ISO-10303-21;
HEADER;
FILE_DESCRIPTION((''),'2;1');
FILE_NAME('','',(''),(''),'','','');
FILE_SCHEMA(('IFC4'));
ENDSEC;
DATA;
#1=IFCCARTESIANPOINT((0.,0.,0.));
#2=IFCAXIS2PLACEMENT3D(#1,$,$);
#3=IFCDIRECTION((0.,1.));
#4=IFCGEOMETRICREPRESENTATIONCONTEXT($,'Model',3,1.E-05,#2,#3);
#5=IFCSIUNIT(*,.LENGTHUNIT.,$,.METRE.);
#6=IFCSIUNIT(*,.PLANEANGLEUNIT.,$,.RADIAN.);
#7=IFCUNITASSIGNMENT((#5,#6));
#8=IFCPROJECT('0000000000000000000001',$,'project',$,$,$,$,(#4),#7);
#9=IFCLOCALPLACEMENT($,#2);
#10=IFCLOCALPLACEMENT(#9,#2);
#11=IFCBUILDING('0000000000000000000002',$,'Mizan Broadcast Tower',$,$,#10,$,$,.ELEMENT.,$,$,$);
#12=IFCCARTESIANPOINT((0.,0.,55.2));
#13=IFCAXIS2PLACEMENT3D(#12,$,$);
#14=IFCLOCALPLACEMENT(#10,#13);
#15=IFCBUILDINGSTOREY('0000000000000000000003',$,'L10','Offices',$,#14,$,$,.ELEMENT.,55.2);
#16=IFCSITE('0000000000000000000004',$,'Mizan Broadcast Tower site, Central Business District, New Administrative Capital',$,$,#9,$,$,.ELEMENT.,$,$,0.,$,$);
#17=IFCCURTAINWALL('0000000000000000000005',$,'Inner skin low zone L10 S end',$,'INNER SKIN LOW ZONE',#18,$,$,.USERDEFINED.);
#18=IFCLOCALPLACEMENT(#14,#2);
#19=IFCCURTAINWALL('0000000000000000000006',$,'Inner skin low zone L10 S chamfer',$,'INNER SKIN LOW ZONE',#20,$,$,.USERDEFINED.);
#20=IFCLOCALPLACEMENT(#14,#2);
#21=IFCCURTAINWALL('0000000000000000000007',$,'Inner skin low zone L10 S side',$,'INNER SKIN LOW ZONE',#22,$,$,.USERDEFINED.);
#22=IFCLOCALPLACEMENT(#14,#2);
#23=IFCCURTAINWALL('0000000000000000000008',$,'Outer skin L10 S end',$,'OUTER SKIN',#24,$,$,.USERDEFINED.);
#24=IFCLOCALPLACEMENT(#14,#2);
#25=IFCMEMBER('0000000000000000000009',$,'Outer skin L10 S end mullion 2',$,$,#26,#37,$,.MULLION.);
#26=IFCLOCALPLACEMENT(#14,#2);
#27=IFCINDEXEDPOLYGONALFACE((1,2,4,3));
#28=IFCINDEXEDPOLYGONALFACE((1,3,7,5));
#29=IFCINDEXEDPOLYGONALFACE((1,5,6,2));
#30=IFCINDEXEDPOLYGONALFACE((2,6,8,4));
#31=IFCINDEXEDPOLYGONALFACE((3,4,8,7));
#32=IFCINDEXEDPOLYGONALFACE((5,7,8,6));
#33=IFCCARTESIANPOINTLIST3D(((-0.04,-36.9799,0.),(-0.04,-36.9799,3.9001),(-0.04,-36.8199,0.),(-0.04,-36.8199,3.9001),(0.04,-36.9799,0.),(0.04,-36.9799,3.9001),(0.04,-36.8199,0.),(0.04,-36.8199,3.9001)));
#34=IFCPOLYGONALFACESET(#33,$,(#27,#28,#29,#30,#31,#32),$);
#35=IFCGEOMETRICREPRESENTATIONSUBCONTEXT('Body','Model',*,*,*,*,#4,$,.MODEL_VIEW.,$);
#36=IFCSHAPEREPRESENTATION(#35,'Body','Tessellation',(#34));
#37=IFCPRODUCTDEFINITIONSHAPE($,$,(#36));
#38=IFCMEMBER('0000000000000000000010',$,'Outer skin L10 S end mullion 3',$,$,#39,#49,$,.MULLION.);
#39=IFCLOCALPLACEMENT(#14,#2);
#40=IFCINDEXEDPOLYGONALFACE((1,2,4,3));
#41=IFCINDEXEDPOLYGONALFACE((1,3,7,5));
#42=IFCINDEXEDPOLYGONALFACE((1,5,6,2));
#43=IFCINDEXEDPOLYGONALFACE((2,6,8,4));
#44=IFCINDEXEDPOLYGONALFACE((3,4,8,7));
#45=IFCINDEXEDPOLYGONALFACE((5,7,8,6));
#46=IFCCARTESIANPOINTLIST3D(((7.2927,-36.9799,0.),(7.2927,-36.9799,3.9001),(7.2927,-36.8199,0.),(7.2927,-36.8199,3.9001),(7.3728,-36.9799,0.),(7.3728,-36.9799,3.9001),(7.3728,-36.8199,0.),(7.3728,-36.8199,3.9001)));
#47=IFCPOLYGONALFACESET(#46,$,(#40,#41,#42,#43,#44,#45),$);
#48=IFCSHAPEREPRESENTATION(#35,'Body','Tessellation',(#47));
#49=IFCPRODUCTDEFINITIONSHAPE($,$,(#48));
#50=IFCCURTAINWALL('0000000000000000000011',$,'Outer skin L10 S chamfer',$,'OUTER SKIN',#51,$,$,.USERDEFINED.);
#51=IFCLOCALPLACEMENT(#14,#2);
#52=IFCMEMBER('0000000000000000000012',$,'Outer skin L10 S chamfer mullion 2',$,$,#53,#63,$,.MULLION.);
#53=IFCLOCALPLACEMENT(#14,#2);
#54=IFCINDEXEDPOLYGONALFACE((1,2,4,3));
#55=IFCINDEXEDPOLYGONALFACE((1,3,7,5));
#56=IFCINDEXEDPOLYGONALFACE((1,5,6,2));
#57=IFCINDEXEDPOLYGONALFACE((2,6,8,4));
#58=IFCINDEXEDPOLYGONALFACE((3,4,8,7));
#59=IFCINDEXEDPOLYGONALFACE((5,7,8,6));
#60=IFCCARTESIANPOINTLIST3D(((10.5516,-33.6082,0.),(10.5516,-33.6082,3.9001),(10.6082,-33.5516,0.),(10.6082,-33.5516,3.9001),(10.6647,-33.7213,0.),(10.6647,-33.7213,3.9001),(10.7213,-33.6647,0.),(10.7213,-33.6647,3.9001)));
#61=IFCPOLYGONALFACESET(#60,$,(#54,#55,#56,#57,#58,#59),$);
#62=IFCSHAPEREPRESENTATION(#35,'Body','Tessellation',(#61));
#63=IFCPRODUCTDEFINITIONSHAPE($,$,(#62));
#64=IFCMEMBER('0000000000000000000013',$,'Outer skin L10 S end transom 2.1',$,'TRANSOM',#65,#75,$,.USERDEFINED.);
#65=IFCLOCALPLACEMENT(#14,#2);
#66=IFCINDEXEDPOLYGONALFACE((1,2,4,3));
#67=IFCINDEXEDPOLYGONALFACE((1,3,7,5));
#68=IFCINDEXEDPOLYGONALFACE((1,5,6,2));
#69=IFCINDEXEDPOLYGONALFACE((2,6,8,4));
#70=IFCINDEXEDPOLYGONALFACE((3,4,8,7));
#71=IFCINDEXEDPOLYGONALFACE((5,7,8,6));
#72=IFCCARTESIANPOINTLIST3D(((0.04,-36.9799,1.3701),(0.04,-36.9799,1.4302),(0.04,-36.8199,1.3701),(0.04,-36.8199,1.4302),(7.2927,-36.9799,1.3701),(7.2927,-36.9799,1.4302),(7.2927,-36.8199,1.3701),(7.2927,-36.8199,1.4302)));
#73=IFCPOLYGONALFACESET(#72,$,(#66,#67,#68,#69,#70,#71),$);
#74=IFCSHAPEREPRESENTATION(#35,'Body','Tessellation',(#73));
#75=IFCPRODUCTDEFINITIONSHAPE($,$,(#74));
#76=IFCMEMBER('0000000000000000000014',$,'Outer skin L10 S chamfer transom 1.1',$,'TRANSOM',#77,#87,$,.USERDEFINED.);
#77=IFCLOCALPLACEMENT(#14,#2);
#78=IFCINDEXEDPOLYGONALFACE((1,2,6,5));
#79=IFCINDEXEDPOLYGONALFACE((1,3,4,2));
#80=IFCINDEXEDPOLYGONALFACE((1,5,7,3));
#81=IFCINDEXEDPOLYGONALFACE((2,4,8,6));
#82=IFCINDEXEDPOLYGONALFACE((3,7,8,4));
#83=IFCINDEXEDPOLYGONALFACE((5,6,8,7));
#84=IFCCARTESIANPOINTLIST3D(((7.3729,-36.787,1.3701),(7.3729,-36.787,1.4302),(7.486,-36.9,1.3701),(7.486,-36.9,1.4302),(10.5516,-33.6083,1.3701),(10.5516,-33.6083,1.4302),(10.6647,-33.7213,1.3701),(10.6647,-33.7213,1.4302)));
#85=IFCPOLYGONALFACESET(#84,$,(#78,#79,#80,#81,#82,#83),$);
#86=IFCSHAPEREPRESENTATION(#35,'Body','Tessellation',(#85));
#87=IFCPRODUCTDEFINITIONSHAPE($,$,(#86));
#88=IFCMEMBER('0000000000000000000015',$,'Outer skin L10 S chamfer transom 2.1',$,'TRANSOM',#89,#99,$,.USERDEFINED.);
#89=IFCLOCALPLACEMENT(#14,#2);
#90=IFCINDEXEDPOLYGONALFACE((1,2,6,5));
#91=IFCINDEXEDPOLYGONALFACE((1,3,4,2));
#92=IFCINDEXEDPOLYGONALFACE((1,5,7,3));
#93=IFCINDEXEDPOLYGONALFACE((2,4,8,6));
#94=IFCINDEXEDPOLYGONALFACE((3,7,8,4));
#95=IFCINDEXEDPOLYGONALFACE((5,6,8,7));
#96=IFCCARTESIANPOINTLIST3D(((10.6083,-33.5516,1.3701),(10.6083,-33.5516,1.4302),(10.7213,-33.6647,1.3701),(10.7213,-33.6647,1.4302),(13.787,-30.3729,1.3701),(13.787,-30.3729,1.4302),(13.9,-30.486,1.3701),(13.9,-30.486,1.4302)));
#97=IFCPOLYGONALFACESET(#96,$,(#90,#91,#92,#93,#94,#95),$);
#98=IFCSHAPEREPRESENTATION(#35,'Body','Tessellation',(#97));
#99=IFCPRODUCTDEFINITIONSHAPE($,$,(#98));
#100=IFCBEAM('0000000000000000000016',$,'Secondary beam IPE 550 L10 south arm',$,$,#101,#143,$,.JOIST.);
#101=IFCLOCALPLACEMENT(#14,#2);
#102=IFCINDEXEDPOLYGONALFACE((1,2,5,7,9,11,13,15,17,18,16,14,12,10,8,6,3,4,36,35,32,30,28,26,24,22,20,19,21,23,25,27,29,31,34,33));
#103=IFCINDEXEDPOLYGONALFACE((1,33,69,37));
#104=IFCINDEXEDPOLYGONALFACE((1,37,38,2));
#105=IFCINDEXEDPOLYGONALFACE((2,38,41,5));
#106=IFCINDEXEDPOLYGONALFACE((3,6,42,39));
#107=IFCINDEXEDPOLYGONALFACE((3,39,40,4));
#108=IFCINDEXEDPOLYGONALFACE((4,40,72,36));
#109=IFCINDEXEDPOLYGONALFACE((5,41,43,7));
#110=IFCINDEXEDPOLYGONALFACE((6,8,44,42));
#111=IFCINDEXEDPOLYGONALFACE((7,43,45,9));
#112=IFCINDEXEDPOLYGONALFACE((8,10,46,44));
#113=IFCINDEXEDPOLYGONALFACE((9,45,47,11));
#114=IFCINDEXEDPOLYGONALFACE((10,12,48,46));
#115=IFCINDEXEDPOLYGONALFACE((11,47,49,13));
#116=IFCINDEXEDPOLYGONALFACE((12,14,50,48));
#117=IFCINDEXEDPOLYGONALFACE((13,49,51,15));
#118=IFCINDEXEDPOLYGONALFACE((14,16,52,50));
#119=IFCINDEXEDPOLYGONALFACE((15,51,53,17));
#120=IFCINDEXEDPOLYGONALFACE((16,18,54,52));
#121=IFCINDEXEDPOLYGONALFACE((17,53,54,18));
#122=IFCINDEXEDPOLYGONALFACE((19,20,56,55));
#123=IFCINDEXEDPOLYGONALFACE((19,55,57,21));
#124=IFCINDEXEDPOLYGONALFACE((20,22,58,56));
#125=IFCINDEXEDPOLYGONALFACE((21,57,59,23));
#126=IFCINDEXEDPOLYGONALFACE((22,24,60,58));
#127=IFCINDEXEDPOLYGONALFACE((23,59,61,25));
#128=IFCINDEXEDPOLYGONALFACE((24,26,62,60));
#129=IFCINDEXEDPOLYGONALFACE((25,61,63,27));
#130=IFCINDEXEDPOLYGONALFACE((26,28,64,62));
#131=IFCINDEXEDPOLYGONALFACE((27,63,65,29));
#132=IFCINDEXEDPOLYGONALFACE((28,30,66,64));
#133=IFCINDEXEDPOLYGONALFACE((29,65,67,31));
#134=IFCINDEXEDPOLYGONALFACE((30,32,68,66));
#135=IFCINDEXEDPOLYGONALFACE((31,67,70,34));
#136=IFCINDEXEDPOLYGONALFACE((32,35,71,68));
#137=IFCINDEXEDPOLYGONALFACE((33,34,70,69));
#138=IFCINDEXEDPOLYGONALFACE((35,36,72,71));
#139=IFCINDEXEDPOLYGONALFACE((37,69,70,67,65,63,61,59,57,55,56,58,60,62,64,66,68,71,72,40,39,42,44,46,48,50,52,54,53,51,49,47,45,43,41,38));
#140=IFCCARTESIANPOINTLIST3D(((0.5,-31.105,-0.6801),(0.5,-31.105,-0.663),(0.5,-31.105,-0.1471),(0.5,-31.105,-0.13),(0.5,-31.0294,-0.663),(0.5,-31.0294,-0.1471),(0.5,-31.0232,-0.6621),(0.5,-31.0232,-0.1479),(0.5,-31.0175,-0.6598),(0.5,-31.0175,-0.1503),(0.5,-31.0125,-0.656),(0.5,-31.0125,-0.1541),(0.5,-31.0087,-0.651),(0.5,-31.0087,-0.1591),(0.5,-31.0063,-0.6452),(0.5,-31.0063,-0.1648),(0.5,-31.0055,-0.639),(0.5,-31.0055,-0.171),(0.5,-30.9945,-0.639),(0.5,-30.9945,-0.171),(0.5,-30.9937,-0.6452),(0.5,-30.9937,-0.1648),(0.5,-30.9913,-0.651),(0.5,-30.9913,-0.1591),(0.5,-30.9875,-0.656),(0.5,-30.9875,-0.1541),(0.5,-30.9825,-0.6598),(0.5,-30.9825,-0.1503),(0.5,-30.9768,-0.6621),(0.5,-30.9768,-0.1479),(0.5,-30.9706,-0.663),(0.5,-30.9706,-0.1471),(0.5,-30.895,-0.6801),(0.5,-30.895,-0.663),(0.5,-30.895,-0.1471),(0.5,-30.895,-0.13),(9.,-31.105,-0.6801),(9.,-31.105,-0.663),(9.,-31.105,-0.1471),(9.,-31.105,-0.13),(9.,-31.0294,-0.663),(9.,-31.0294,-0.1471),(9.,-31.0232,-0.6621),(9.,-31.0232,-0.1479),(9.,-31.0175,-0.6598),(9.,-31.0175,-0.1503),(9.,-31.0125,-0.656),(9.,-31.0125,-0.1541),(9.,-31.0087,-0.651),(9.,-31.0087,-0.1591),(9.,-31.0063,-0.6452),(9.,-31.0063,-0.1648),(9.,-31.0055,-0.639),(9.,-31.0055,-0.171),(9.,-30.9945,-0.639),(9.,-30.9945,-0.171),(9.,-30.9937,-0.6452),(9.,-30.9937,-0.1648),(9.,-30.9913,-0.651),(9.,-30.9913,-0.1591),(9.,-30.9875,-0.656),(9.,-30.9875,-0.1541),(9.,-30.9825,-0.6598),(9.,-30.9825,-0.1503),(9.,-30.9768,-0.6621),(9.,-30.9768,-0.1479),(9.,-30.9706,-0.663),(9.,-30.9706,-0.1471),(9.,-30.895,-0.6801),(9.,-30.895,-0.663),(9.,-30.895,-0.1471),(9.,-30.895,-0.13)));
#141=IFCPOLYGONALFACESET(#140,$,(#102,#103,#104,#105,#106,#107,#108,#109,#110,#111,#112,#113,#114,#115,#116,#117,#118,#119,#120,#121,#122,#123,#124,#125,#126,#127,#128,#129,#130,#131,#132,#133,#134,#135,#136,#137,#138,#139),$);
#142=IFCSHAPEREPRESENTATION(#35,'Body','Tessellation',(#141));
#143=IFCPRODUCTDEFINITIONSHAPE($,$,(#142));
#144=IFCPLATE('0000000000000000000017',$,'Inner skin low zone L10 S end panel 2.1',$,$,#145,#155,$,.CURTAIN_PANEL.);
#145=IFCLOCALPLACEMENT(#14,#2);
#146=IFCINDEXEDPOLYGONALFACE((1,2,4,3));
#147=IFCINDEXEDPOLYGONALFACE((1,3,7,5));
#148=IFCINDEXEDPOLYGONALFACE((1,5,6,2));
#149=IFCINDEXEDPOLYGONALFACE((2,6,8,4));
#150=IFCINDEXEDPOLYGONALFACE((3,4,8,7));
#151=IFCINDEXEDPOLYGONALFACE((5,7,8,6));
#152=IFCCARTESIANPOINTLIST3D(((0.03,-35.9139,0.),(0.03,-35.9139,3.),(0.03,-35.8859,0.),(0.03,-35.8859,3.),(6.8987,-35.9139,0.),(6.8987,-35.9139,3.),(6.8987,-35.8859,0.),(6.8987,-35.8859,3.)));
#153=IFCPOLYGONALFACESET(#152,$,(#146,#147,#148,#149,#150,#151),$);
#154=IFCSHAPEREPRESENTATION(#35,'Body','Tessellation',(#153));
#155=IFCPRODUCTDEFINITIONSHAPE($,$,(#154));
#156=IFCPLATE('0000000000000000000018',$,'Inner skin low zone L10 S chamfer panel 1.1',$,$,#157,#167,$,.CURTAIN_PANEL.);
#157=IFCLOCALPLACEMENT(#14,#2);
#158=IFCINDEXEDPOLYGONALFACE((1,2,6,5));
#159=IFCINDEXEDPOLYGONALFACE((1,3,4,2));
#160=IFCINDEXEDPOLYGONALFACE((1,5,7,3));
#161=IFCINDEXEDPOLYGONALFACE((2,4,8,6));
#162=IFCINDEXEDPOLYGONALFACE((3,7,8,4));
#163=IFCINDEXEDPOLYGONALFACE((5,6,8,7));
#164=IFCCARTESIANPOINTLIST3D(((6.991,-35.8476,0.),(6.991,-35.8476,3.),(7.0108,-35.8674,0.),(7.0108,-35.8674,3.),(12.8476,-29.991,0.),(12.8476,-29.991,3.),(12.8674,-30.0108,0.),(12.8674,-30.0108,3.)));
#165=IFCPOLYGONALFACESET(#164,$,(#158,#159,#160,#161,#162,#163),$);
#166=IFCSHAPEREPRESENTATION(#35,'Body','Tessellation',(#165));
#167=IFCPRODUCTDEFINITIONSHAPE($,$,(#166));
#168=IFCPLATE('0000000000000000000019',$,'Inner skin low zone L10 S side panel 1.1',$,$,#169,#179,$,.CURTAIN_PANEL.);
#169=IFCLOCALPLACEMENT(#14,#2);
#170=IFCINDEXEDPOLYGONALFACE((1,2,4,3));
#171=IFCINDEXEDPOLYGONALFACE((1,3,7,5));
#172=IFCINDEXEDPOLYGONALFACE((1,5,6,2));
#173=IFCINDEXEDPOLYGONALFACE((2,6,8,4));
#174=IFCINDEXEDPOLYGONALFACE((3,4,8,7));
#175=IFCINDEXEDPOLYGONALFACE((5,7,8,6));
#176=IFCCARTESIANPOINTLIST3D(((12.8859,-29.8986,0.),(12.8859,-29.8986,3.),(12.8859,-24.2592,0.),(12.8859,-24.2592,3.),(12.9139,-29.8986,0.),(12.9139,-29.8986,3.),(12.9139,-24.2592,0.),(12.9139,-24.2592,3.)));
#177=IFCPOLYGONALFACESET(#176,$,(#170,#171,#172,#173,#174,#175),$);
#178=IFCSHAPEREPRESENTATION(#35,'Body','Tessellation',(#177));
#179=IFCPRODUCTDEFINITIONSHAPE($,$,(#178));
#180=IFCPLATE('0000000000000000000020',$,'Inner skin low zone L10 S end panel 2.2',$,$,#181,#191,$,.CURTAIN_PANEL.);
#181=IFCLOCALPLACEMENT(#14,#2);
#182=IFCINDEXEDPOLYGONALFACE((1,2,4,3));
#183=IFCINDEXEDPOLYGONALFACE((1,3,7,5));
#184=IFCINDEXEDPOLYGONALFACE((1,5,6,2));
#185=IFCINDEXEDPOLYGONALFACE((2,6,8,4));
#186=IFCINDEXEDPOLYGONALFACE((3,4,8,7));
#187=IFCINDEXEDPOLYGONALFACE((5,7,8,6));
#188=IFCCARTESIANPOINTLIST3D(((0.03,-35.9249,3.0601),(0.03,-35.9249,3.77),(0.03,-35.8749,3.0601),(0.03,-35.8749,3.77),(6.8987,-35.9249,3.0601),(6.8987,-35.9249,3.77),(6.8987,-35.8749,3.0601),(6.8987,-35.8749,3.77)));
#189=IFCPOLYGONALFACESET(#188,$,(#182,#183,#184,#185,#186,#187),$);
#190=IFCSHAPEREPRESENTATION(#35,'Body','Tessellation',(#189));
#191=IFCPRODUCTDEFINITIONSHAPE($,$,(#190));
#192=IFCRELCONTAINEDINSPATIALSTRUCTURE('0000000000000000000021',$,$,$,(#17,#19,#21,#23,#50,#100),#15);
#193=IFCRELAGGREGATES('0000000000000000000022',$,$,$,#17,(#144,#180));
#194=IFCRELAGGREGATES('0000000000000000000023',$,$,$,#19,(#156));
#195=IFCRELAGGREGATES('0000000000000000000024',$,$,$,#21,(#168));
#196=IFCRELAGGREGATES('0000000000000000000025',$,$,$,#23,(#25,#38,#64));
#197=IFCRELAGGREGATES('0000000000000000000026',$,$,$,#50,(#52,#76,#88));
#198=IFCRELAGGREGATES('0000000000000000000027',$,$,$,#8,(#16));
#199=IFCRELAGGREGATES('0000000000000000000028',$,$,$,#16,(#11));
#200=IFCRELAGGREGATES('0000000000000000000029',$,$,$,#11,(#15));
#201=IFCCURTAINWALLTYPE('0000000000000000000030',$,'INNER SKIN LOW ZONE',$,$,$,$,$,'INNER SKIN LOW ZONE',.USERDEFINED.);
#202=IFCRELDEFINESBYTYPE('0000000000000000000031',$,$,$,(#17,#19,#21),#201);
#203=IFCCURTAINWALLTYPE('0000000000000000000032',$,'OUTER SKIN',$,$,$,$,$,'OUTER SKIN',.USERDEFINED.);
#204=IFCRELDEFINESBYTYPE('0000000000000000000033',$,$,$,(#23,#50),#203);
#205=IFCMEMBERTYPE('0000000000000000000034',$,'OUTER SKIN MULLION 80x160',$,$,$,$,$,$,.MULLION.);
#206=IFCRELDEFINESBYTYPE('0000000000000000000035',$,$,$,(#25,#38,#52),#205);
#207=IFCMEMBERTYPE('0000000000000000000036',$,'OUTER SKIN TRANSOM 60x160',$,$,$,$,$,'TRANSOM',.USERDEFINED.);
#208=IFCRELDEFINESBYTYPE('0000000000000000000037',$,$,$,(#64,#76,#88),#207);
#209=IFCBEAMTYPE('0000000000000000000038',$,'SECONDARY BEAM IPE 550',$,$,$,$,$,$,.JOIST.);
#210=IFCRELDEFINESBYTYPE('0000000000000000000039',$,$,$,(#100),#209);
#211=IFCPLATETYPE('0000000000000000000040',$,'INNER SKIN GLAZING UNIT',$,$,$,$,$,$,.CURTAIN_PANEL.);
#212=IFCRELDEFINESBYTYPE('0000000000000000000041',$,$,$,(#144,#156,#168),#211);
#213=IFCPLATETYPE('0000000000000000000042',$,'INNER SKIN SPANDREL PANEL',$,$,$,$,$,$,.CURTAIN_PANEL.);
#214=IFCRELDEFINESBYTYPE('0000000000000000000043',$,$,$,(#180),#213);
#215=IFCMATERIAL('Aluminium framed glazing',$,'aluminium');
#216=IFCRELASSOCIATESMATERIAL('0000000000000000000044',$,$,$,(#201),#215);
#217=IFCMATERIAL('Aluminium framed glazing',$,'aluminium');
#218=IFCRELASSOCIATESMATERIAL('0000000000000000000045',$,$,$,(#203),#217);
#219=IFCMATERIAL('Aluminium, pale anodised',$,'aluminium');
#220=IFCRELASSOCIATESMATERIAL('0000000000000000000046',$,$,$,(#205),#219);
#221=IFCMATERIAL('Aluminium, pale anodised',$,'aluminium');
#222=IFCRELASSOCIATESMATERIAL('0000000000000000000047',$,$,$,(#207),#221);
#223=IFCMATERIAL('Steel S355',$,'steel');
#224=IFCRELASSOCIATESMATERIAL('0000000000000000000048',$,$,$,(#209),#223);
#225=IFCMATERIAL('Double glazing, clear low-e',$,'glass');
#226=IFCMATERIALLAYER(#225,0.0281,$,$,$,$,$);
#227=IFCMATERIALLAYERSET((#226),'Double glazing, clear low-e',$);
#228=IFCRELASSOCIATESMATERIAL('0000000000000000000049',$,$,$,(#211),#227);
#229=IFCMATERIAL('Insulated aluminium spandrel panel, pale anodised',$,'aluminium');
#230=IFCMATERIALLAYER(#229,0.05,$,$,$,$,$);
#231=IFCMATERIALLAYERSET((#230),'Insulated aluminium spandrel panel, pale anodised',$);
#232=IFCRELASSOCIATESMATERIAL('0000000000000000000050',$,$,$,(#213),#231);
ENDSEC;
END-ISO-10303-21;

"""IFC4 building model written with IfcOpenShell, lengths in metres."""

from ifc_helpers import new_model, si_unit, direction, frame, origin, origin_2d, place, context, subcontext, project, spatial, rectangle, i_section, extrude, material, layer, layer_set, material_profile, profile_set, type_object, element, aggregate, save


model = new_model("IFC4")

# Units and contexts
model_context = context("Model", 3, precision=1e-05, world=origin(), true_north=direction((0.0, 1.0)))
body_context = subcontext(model_context, "Body", "Model", "MODEL_VIEW")
ifc_project = project(units=[si_unit("LENGTHUNIT", "METRE"), si_unit("PLANEANGLEUNIT", "RADIAN")], contexts=[model_context])

# Site, building, storey
site_placement = place(None, origin())
site = spatial("IfcSite", under=ifc_project, at=site_placement, Name="Mizan Broadcast Tower site, Central Business District, New Administrative Capital", CompositionType="ELEMENT", RefElevation=0.0)
building_placement = place(site_placement, origin())
building = spatial("IfcBuilding", under=site, at=building_placement, Name="Mizan Broadcast Tower", CompositionType="ELEMENT")
storey_placement = place(building_placement, frame((0.0, 0.0, 55.2)))
storey = spatial("IfcBuildingStorey", under=building, at=storey_placement, Name="L10", Description="Offices", CompositionType="ELEMENT", Elevation=55.2)

# Curtain wall
ifc_material_1 = material(Name="Aluminium framed glazing", Category="aluminium")
curtain_wall_type_1 = type_object("IfcCurtainWallType", Name="INNER SKIN LOW ZONE", ElementType="INNER SKIN LOW ZONE", PredefinedType="USERDEFINED", material=ifc_material_1)
curtain_wall_1_placement = place(storey_placement, origin())
curtain_wall_1 = element("IfcCurtainWall", 1, at=curtain_wall_1_placement, inside=storey, type_object=curtain_wall_type_1, Name="Inner skin low zone L10 S end", ObjectType="INNER SKIN LOW ZONE", PredefinedType="USERDEFINED")

# Curtain walls
curtain_wall_2_placement = place(storey_placement, origin())
curtain_wall_2 = element("IfcCurtainWall", 2, at=curtain_wall_2_placement, inside=storey, type_object=curtain_wall_type_1, Name="Inner skin low zone L10 S chamfer", ObjectType="INNER SKIN LOW ZONE", PredefinedType="USERDEFINED")
curtain_wall_3_placement = place(storey_placement, origin())
curtain_wall_3 = element("IfcCurtainWall", 3, at=curtain_wall_3_placement, inside=storey, type_object=curtain_wall_type_1, Name="Inner skin low zone L10 S side", ObjectType="INNER SKIN LOW ZONE", PredefinedType="USERDEFINED")

# Curtain wall, members
ifc_material_2 = material(Name="Aluminium framed glazing", Category="aluminium")
curtain_wall_type_2 = type_object("IfcCurtainWallType", Name="OUTER SKIN", ElementType="OUTER SKIN", PredefinedType="USERDEFINED", material=ifc_material_2)
curtain_wall_4_placement = place(storey_placement, origin())
curtain_wall_4 = element("IfcCurtainWall", 4, at=curtain_wall_4_placement, inside=storey, type_object=curtain_wall_type_2, Name="Outer skin L10 S end", ObjectType="OUTER SKIN", PredefinedType="USERDEFINED")
ifc_material_3 = material(Name="Aluminium, pale anodised", Category="aluminium")
ifc_material_profile_1 = material_profile(ifc_material_3, rectangle(XDim=0.1599, YDim=0.0801, at=origin_2d()), Name="MULLION 160x80")
ifc_profile_set_1 = profile_set([ifc_material_profile_1], Name="Aluminium, pale anodised")
member_type_1 = type_object("IfcMemberType", Name="OUTER SKIN MULLION 80x160", PredefinedType="MULLION", material=ifc_profile_set_1)
member_1_placement = place(storey_placement, frame((0.0, -36.8999, 0.0), z_axis=(0.0, 0.0, 1.0), x_axis=(0.0, 1.0, 0.0)))
member_1 = element("IfcMember", 5, at=member_1_placement, type_object=member_type_1, Name="Outer skin L10 S end mullion 2", PredefinedType="MULLION", context=body_context, shape_type="SweptSolid", body=[
    extrude(rectangle(XDim=0.1599, YDim=0.0801, at=origin_2d()), origin(), (0.0, 0.0, 1.0), 3.9001),
])
member_2_placement = place(storey_placement, frame((7.3328, -36.8999, 0.0), z_axis=(0.0, 0.0, 1.0), x_axis=(0.0, 1.0, 0.0)))
member_2 = element("IfcMember", 6, at=member_2_placement, type_object=member_type_1, Name="Outer skin L10 S end mullion 3", PredefinedType="MULLION", context=body_context, shape_type="SweptSolid", body=[
    extrude(rectangle(XDim=0.1599, YDim=0.0801, at=origin_2d()), origin(), (0.0, 0.0, 1.0), 3.9001),
])

# Curtain wall, member
curtain_wall_5_placement = place(storey_placement, origin())
curtain_wall_5 = element("IfcCurtainWall", 7, at=curtain_wall_5_placement, inside=storey, type_object=curtain_wall_type_2, Name="Outer skin L10 S chamfer", ObjectType="OUTER SKIN", PredefinedType="USERDEFINED")
member_3_placement = place(storey_placement, frame((10.6365, -33.6365, 0.0), z_axis=(0.0, 0.0, 1.0), x_axis=(-0.707107, 0.707107, 0.0)))
member_3 = element("IfcMember", 8, at=member_3_placement, type_object=member_type_1, Name="Outer skin L10 S chamfer mullion 2", PredefinedType="MULLION", context=body_context, shape_type="SweptSolid", body=[
    extrude(rectangle(XDim=0.1599, YDim=0.0801, at=origin_2d()), origin(), (0.0, 0.0, 1.0), 3.9001),
])

# Members
ifc_material_4 = material(Name="Aluminium, pale anodised", Category="aluminium")
ifc_material_profile_2 = material_profile(ifc_material_4, rectangle(XDim=0.1599, YDim=0.0601, at=origin_2d()), Name="TRANSOM 160x60")
ifc_profile_set_2 = profile_set([ifc_material_profile_2], Name="Aluminium, pale anodised")
member_type_2 = type_object("IfcMemberType", Name="OUTER SKIN TRANSOM 60x160", ElementType="TRANSOM", PredefinedType="USERDEFINED", material=ifc_profile_set_2)
member_4_placement = place(storey_placement, frame((0.04, -36.8999, 1.4001), z_axis=(1.0, 0.0, 0.0), x_axis=(0.0, 1.0, 0.0)))
member_4 = element("IfcMember", 9, at=member_4_placement, type_object=member_type_2, Name="Outer skin L10 S end transom 2.1", ObjectType="TRANSOM", PredefinedType="USERDEFINED", context=body_context, shape_type="SweptSolid", body=[
    extrude(rectangle(XDim=0.1599, YDim=0.0601, at=origin_2d()), origin(), (0.0, 0.0, 1.0), 7.2527),
])
member_5_placement = place(storey_placement, frame((7.4294, -36.8435, 1.4001), z_axis=(0.707107, 0.707107, 0.0), x_axis=(-0.707107, 0.707107, 0.0)))
member_5 = element("IfcMember", 10, at=member_5_placement, type_object=member_type_2, Name="Outer skin L10 S chamfer transom 1.1", ObjectType="TRANSOM", PredefinedType="USERDEFINED", context=body_context, shape_type="SweptSolid", body=[
    extrude(rectangle(XDim=0.1599, YDim=0.0601, at=origin_2d()), origin(), (0.0, 0.0, 1.0), 4.4954),
])
member_6_placement = place(storey_placement, frame((10.6648, -33.6082, 1.4001), z_axis=(0.707107, 0.707107, 0.0), x_axis=(-0.707107, 0.707107, 0.0)))
member_6 = element("IfcMember", 11, at=member_6_placement, type_object=member_type_2, Name="Outer skin L10 S chamfer transom 2.1", ObjectType="TRANSOM", PredefinedType="USERDEFINED", context=body_context, shape_type="SweptSolid", body=[
    extrude(rectangle(XDim=0.1599, YDim=0.0601, at=origin_2d()), origin(), (0.0, 0.0, 1.0), 4.4954),
])

# Beam
ifc_material_5 = material(Name="Steel S355", Category="steel")
ifc_material_profile_3 = material_profile(ifc_material_5, i_section(OverallWidth=0.21, OverallDepth=0.55, WebThickness=0.011, FlangeThickness=0.0171, FilletRadius=0.0239, at=origin_2d()), Name="IPE 550")
ifc_profile_set_3 = profile_set([ifc_material_profile_3], Name="Steel S355")
beam_type_1 = type_object("IfcBeamType", Name="SECONDARY BEAM IPE 550", PredefinedType="JOIST", material=ifc_profile_set_3)
beam_1_placement = place(storey_placement, frame((9.0, -31.0, -0.405), z_axis=(-1.0, 0.0, 0.0), x_axis=(0.0, -1.0, 0.0)))
element("IfcBeam", 12, at=beam_1_placement, inside=storey, type_object=beam_type_1, Name="Secondary beam IPE 550 L10 south arm", PredefinedType="JOIST", context=body_context, shape_type="SweptSolid", body=[
    extrude(i_section(OverallWidth=0.21, OverallDepth=0.55, WebThickness=0.011, FlangeThickness=0.0171, FilletRadius=0.0239, at=origin_2d()), origin(), (0.0, 0.0, 1.0), 8.5),
])

# Plates
ifc_material_6 = material(Name="Double glazing, clear low-e", Category="glass")
ifc_layer_1 = layer(ifc_material_6, 0.0281)
ifc_layer_set_1 = layer_set([ifc_layer_1], Name="Double glazing, clear low-e")
plate_type_1 = type_object("IfcPlateType", Name="INNER SKIN GLAZING UNIT", PredefinedType="CURTAIN_PANEL", material=ifc_layer_set_1)
plate_1_placement = place(storey_placement, frame((3.4644, -35.8999, 0.0), z_axis=(0.0, 0.0, 1.0), x_axis=(1.0, 0.0, 0.0)))
plate_1 = element("IfcPlate", 13, at=plate_1_placement, type_object=plate_type_1, Name="Inner skin low zone L10 S end panel 2.1", PredefinedType="CURTAIN_PANEL", context=body_context, shape_type="SweptSolid", body=[
    extrude(rectangle(XDim=6.8687, YDim=0.0281, at=origin_2d()), origin(), (0.0, 0.0, 1.0), 3.0),
])
plate_2_placement = place(storey_placement, frame((9.9292, -32.9292, 0.0), z_axis=(0.0, 0.0, 1.0), x_axis=(0.707107, 0.707107, 0.0)))
plate_2 = element("IfcPlate", 14, at=plate_2_placement, type_object=plate_type_1, Name="Inner skin low zone L10 S chamfer panel 1.1", PredefinedType="CURTAIN_PANEL", context=body_context, shape_type="SweptSolid", body=[
    extrude(rectangle(XDim=8.2825, YDim=0.0281, at=origin_2d()), origin(), (0.0, 0.0, 1.0), 3.0),
])
plate_3_placement = place(storey_placement, frame((12.8999, -27.0789, 0.0), z_axis=(0.0, 0.0, 1.0), x_axis=(0.0, 1.0, 0.0)))
plate_3 = element("IfcPlate", 15, at=plate_3_placement, type_object=plate_type_1, Name="Inner skin low zone L10 S side panel 1.1", PredefinedType="CURTAIN_PANEL", context=body_context, shape_type="SweptSolid", body=[
    extrude(rectangle(XDim=5.6394, YDim=0.0281, at=origin_2d()), origin(), (0.0, 0.0, 1.0), 3.0),
])
ifc_material_7 = material(Name="Insulated aluminium spandrel panel, pale anodised", Category="aluminium")
ifc_layer_2 = layer(ifc_material_7, 0.05)
ifc_layer_set_2 = layer_set([ifc_layer_2], Name="Insulated aluminium spandrel panel, pale anodised")
plate_type_2 = type_object("IfcPlateType", Name="INNER SKIN SPANDREL PANEL", PredefinedType="CURTAIN_PANEL", material=ifc_layer_set_2)
plate_4_placement = place(storey_placement, frame((3.4644, -35.8999, 3.0601), z_axis=(0.0, 0.0, 1.0), x_axis=(1.0, 0.0, 0.0)))
plate_4 = element("IfcPlate", 16, at=plate_4_placement, type_object=plate_type_2, Name="Inner skin low zone L10 S end panel 2.2", PredefinedType="CURTAIN_PANEL", context=body_context, shape_type="SweptSolid", body=[
    extrude(rectangle(XDim=6.8687, YDim=0.05, at=origin_2d()), origin(), (0.0, 0.0, 1.0), 0.71),
])
aggregate(curtain_wall_1, [plate_1, plate_4])
aggregate(curtain_wall_2, [plate_2])
aggregate(curtain_wall_3, [plate_3])
aggregate(curtain_wall_4, [member_1, member_2, member_4])
aggregate(curtain_wall_5, [member_3, member_5, member_6])

save(model, "model.ifc")
